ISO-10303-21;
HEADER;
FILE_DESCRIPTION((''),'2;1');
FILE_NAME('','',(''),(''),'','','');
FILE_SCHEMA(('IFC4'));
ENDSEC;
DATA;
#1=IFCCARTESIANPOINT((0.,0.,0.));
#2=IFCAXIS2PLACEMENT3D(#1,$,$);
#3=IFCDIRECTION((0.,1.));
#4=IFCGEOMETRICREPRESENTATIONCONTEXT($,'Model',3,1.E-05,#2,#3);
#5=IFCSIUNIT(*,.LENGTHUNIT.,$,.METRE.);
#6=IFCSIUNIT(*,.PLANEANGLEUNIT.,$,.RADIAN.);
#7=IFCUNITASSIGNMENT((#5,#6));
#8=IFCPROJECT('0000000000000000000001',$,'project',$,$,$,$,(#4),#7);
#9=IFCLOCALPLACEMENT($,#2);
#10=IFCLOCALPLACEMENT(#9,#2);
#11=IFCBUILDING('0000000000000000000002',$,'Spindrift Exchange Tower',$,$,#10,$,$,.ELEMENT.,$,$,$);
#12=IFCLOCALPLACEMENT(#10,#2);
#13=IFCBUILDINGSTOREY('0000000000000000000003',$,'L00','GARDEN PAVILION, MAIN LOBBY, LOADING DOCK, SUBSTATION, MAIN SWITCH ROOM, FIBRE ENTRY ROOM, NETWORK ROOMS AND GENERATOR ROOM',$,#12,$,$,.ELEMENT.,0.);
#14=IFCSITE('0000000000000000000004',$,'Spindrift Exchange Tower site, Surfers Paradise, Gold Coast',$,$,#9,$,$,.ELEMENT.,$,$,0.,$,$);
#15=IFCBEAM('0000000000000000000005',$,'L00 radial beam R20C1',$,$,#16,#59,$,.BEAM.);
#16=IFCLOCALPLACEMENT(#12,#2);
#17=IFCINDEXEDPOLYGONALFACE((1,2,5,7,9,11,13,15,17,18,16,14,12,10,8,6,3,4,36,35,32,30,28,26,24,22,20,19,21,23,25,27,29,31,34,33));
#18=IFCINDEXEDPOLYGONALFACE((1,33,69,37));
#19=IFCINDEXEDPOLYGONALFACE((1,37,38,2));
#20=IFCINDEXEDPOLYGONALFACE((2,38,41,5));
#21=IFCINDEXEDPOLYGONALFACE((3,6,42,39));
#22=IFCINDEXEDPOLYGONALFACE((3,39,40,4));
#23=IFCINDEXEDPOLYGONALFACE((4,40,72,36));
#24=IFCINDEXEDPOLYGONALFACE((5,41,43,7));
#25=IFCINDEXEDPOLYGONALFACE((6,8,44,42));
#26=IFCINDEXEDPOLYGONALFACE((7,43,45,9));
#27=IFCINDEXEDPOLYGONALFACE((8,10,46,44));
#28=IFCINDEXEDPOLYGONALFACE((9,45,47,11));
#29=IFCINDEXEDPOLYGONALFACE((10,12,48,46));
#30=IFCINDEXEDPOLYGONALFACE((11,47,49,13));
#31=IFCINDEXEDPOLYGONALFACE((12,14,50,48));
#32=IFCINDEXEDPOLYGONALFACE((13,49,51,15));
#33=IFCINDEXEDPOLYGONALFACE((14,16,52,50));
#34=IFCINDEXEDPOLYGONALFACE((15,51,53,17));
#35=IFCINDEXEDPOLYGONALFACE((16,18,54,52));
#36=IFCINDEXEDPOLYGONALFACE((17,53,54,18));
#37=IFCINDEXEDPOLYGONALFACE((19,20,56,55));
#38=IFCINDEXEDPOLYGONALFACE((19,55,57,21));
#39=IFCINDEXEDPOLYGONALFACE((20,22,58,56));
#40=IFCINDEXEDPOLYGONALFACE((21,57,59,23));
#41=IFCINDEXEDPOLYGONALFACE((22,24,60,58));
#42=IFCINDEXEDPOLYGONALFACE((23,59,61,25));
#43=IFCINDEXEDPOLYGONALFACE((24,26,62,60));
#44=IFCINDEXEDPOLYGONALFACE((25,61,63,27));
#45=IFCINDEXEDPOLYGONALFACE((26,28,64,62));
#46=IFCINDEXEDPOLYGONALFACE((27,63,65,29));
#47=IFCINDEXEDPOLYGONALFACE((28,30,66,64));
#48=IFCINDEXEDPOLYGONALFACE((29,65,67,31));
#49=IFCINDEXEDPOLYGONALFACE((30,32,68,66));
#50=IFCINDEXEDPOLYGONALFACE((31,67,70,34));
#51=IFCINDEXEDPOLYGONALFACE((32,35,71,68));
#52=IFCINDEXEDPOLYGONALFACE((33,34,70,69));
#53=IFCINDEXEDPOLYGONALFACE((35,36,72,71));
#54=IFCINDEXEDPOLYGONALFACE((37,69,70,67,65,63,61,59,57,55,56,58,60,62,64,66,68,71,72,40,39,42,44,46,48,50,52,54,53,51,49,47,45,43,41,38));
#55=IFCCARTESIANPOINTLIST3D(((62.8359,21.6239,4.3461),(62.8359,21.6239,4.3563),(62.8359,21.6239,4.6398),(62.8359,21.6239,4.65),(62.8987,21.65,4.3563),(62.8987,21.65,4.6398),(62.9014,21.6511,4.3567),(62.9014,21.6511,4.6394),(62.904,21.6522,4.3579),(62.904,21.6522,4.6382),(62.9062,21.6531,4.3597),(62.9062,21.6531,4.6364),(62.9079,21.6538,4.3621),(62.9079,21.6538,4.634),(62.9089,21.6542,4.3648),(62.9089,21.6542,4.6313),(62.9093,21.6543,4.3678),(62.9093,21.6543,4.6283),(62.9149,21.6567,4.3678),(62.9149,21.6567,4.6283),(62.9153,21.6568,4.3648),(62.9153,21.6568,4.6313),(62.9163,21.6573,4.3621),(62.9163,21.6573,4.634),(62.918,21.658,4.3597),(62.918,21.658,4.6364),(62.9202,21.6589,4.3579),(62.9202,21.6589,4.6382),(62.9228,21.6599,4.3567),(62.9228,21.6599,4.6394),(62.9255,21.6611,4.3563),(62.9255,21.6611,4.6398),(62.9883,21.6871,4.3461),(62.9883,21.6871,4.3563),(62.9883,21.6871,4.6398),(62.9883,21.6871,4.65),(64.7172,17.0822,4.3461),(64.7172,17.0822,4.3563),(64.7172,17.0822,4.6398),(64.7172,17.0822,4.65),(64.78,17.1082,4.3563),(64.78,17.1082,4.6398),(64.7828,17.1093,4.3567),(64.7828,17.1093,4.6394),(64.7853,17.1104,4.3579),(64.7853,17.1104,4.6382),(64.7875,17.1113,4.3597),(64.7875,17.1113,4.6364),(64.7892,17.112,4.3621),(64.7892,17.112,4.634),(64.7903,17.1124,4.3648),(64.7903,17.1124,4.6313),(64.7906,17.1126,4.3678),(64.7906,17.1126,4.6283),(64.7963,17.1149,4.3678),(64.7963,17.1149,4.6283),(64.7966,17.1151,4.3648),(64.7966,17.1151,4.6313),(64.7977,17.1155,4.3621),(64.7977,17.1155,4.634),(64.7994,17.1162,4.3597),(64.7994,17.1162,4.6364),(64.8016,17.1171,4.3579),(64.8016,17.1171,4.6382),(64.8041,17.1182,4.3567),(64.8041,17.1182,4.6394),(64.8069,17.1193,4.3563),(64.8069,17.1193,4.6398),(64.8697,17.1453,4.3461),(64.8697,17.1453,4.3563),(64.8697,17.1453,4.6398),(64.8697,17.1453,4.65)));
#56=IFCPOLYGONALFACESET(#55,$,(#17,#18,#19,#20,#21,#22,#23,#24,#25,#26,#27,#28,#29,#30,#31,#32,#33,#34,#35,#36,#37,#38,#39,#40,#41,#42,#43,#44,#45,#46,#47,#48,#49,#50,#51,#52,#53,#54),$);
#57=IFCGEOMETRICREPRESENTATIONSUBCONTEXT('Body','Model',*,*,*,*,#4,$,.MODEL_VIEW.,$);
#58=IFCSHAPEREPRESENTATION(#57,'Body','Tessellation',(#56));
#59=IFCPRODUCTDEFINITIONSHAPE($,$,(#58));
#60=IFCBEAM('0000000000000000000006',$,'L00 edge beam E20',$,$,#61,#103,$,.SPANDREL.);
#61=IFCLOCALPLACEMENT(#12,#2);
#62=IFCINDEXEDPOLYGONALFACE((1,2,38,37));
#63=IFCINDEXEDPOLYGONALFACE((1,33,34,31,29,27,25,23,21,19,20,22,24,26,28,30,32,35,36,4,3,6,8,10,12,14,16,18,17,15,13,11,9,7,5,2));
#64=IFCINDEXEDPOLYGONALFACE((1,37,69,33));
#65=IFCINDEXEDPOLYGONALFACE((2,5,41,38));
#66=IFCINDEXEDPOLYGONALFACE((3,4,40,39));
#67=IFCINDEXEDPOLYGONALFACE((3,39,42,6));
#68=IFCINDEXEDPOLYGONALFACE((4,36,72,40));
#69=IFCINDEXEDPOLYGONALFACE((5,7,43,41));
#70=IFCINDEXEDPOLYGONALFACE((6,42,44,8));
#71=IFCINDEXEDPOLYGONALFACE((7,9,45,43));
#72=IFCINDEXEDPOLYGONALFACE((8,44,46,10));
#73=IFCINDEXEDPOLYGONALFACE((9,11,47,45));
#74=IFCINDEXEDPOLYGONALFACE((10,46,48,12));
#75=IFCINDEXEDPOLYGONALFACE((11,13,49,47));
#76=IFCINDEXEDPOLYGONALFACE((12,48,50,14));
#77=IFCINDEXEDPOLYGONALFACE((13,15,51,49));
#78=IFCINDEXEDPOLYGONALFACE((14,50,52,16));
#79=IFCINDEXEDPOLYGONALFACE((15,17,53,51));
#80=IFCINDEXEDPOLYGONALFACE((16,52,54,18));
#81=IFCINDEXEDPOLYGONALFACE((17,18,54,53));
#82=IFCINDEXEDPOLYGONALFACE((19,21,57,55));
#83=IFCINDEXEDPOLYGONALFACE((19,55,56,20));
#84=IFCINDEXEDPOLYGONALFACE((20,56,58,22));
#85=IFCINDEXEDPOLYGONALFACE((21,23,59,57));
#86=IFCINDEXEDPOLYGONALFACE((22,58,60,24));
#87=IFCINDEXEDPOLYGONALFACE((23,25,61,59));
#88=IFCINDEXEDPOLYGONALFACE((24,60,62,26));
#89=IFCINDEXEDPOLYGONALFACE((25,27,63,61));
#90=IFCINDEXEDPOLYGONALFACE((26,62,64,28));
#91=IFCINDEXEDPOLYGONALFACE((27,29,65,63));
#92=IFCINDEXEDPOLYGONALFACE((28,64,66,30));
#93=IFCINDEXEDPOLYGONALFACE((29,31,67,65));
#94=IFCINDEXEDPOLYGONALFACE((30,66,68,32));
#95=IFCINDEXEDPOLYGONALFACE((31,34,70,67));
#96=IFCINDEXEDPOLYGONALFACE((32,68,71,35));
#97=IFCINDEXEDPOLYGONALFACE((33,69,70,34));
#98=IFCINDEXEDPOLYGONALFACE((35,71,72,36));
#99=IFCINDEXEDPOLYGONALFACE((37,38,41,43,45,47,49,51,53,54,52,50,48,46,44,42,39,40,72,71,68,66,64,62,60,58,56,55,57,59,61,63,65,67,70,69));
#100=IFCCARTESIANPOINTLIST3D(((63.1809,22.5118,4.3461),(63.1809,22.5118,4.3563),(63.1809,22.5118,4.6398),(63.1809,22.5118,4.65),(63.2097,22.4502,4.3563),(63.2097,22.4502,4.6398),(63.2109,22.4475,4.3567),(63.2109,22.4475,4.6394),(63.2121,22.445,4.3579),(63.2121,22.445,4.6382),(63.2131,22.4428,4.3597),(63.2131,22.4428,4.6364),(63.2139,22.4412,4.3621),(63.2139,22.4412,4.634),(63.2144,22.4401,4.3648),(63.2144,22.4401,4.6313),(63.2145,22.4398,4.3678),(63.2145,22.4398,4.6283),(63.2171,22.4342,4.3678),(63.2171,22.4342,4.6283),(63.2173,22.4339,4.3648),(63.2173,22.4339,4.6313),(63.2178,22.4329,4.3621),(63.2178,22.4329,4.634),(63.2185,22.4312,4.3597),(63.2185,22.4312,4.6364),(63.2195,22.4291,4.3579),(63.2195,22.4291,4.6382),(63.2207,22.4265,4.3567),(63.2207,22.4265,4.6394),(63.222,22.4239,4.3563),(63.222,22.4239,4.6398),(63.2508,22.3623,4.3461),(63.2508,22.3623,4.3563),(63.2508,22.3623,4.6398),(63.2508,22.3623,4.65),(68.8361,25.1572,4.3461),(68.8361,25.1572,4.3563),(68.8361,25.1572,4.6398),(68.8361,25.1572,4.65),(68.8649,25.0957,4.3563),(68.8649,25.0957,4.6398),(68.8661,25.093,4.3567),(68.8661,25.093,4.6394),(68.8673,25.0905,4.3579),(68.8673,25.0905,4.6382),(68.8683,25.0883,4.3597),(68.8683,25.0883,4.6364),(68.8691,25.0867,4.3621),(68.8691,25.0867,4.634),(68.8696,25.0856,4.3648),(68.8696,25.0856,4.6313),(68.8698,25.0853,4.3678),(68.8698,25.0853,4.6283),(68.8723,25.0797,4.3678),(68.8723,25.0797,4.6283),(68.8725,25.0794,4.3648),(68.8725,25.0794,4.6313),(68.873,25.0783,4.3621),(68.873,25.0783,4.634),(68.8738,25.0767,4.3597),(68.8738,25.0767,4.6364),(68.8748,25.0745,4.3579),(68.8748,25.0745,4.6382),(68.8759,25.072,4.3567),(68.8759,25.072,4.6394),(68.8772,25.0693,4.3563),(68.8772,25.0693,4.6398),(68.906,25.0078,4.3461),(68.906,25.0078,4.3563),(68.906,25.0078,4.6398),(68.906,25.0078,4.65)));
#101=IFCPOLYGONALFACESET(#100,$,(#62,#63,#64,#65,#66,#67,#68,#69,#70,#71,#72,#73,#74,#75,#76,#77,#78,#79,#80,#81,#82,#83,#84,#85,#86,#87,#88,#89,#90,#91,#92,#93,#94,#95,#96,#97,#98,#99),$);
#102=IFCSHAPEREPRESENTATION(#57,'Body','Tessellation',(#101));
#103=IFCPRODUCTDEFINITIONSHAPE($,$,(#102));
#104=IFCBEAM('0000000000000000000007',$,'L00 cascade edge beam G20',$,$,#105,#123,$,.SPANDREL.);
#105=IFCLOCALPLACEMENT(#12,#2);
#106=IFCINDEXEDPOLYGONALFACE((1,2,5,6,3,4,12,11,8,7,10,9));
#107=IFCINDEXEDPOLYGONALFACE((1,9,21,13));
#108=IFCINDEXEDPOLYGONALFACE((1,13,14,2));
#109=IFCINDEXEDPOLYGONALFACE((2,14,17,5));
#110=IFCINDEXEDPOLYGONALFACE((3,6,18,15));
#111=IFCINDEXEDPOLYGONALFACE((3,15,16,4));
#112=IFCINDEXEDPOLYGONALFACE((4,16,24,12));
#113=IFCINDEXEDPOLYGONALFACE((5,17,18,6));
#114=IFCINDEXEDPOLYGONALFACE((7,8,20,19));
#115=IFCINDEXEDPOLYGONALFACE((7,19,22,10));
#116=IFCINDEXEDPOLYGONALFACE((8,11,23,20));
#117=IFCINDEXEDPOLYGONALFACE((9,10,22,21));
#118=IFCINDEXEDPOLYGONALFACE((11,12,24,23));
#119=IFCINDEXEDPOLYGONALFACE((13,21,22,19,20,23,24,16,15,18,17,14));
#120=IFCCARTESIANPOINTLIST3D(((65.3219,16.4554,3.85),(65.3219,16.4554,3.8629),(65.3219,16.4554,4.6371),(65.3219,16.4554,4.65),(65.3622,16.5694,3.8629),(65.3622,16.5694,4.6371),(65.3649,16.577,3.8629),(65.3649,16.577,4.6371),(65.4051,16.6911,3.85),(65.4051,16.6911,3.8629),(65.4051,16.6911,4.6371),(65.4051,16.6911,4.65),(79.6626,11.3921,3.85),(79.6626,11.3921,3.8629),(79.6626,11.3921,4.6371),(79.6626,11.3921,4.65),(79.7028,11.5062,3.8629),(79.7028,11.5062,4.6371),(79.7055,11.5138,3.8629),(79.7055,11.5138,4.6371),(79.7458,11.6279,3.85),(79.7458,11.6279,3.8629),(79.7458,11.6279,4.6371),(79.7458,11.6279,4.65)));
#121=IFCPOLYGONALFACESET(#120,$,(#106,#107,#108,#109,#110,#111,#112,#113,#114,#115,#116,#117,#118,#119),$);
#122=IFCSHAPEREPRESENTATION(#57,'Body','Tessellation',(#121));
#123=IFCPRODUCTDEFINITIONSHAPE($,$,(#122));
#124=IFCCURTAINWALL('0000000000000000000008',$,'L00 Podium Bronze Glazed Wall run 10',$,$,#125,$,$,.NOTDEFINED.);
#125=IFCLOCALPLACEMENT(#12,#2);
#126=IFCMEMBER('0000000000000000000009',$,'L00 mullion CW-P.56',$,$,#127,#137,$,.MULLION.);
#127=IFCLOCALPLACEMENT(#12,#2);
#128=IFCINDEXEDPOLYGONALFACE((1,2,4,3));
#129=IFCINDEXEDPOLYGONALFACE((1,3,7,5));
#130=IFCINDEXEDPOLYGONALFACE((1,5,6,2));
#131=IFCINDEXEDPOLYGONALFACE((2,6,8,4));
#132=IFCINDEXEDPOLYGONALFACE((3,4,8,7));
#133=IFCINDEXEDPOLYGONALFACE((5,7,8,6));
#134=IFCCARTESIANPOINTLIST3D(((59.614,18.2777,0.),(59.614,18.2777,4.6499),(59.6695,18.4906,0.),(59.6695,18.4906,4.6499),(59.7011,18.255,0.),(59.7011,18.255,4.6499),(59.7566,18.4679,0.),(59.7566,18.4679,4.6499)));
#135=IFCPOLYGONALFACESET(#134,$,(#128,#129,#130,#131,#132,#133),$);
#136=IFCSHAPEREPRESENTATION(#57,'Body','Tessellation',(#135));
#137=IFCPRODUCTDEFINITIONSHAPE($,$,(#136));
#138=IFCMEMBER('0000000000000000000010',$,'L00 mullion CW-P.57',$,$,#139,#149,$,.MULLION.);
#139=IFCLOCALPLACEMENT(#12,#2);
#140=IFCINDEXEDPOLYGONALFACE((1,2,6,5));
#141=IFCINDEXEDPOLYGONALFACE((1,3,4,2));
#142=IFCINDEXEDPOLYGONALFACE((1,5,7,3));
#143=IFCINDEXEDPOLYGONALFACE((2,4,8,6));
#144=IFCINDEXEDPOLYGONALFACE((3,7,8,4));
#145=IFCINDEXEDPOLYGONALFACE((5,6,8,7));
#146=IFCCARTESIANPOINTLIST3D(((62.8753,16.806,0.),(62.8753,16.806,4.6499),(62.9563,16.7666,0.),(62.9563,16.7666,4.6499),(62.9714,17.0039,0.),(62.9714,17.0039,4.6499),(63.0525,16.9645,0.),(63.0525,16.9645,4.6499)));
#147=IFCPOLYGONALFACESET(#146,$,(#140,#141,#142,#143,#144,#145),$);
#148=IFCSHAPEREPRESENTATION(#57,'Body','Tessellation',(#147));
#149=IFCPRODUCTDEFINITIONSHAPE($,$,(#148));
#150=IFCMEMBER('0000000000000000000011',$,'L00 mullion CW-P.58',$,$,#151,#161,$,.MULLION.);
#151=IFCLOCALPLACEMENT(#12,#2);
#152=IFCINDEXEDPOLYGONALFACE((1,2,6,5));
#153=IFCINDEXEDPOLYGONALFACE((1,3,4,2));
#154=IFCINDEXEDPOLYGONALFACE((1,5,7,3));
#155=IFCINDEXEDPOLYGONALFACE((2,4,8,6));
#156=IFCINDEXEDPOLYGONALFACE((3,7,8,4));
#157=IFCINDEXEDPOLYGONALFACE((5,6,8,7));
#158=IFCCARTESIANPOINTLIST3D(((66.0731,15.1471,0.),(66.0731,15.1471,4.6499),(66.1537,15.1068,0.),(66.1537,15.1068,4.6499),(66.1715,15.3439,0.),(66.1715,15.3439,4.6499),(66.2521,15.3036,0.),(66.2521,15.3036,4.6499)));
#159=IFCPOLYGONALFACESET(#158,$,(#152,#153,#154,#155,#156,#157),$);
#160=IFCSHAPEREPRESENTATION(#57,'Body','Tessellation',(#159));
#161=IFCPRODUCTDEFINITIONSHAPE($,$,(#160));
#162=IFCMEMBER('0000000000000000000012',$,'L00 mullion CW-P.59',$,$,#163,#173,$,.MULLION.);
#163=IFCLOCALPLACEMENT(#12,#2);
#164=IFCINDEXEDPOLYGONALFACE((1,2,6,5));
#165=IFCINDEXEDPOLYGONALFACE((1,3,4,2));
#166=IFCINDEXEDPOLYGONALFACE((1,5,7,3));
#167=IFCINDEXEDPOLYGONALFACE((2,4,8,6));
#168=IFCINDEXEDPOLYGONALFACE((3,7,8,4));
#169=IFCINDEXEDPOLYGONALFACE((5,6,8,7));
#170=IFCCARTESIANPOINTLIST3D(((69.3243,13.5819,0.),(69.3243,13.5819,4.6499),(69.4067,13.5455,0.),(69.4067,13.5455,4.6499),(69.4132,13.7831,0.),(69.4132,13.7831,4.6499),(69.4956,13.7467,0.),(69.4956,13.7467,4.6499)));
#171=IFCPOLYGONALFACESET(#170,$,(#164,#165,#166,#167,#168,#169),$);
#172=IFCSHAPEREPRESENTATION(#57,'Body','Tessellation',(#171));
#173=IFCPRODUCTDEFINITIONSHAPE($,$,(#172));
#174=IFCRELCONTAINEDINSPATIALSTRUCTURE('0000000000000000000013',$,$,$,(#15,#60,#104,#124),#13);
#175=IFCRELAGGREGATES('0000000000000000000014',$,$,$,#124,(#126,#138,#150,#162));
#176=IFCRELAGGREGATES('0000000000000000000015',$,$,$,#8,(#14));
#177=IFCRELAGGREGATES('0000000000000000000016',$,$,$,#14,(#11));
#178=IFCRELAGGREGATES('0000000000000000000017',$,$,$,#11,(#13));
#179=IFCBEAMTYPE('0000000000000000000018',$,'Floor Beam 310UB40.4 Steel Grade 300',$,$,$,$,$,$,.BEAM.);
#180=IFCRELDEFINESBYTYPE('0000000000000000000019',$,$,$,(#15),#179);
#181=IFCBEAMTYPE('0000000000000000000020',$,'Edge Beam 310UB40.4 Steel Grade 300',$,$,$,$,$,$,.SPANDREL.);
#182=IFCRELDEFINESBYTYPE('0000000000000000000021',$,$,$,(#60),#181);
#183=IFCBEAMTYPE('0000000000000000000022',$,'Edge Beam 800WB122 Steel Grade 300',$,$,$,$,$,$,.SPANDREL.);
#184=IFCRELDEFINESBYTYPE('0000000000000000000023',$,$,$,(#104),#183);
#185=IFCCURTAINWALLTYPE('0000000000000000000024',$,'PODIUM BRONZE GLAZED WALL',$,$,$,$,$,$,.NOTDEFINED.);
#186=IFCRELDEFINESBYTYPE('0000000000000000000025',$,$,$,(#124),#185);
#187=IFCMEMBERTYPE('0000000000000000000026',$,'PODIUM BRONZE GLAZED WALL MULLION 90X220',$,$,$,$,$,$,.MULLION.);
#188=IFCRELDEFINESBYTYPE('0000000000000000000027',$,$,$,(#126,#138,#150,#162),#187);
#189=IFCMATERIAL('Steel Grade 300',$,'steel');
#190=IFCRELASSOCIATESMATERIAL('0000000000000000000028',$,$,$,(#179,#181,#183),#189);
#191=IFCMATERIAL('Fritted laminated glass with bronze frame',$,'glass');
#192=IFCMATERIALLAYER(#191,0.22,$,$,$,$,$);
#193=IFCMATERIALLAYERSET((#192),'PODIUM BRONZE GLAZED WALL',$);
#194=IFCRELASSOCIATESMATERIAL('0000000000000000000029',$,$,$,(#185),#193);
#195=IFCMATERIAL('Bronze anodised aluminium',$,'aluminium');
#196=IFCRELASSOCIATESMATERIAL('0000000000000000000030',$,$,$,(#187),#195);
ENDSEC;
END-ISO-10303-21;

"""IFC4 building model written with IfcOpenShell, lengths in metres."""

from ifc_helpers import new_model, si_unit, direction, frame, origin, origin_2d, place, context, subcontext, project, spatial, rectangle, i_section, extrude, source, transform, mapped, material, layer, layer_set, material_profile, profile_set, type_object, element, aggregate, save


model = new_model("IFC4")

# Units and contexts
model_context = context("Model", 3, precision=1e-05, world=origin(), true_north=direction((0.0, 1.0)))
body_context = subcontext(model_context, "Body", "Model", "MODEL_VIEW")
ifc_project = project(units=[si_unit("LENGTHUNIT", "METRE"), si_unit("PLANEANGLEUNIT", "RADIAN")], contexts=[model_context])

# Site, building, storey
site_placement = place(None, origin())
site = spatial("IfcSite", under=ifc_project, at=site_placement, Name="Spindrift Exchange Tower site, Surfers Paradise, Gold Coast", CompositionType="ELEMENT", RefElevation=0.0)
building_placement = place(site_placement, origin())
building = spatial("IfcBuilding", under=site, at=building_placement, Name="Spindrift Exchange Tower", CompositionType="ELEMENT")
storey_placement = place(building_placement, origin())
storey = spatial("IfcBuildingStorey", under=building, at=storey_placement, Name="L00", Description="GARDEN PAVILION, MAIN LOBBY, LOADING DOCK, SUBSTATION, MAIN SWITCH ROOM, FIBRE ENTRY ROOM, NETWORK ROOMS AND GENERATOR ROOM", CompositionType="ELEMENT", Elevation=0.0)

# Beams
ifc_material_1 = material(Name="Steel Grade 300", Category="steel")
ifc_material_profile_1 = material_profile(ifc_material_1, i_section(OverallWidth=0.165, OverallDepth=0.304, WebThickness=0.0061, FlangeThickness=0.0103, FilletRadius=0.0115, at=origin_2d()), Name="310UB40.4")
ifc_profile_set_1 = profile_set([ifc_material_profile_1], Name="Steel Grade 300")
beam_type_1 = type_object("IfcBeamType", Name="Floor Beam 310UB40.4 Steel Grade 300", PredefinedType="BEAM", material=ifc_profile_set_1)
shared_shape_1 = source(origin(), body_context, "Body", "SweptSolid", [
    extrude(i_section(OverallWidth=0.165, OverallDepth=0.304, WebThickness=0.0061, FlangeThickness=0.0103, FilletRadius=0.0115, at=origin_2d()), origin(), (0.0, 0.0, 1.0), 4.916),
])
beam_1_placement = place(storey_placement, frame((62.9121, 21.6555, 4.498), z_axis=(0.3827, -0.923873, 0.0), x_axis=(0.923873, 0.3827, 0.0)))
element("IfcBeam", 1, at=beam_1_placement, inside=storey, type_object=beam_type_1, Name="L00 radial beam R20C1", PredefinedType="BEAM", context=body_context, shape_type="MappedRepresentation", body=[
    mapped(shared_shape_1, transform((0.0, 0.0, 0.0), scale=1.0)),
])
ifc_material_profile_2 = material_profile(ifc_material_1, i_section(OverallWidth=0.165, OverallDepth=0.304, WebThickness=0.0061, FlangeThickness=0.0103, FilletRadius=0.0115, at=origin_2d()), Name="310UB40.4")
ifc_profile_set_2 = profile_set([ifc_material_profile_2], Name="Steel Grade 300")
beam_type_2 = type_object("IfcBeamType", Name="Edge Beam 310UB40.4 Steel Grade 300", PredefinedType="SPANDREL", material=ifc_profile_set_2)
shared_shape_2 = source(origin(), body_context, "Body", "SweptSolid", [
    extrude(i_section(OverallWidth=0.165, OverallDepth=0.304, WebThickness=0.0061, FlangeThickness=0.0103, FilletRadius=0.0115, at=origin_2d()), origin(), (0.0, 0.0, 1.0), 6.2434),
])
beam_2_placement = place(storey_placement, frame((63.2158, 22.437, 4.498), z_axis=(0.905791, 0.423724, 0.0), x_axis=(-0.423724, 0.905791, 0.0)))
element("IfcBeam", 2, at=beam_2_placement, inside=storey, type_object=beam_type_2, Name="L00 edge beam E20", PredefinedType="SPANDREL", context=body_context, shape_type="MappedRepresentation", body=[
    mapped(shared_shape_2, transform((0.0, 0.0, 0.0), scale=1.0)),
])
ifc_material_profile_3 = material_profile(ifc_material_1, i_section(OverallWidth=0.25, OverallDepth=0.8, WebThickness=0.0081, FlangeThickness=0.0129, at=origin_2d()), Name="800WB122")
ifc_profile_set_3 = profile_set([ifc_material_profile_3], Name="Steel Grade 300")
beam_type_3 = type_object("IfcBeamType", Name="Edge Beam 800WB122 Steel Grade 300", PredefinedType="SPANDREL", material=ifc_profile_set_3)
shared_shape_3 = source(origin(), body_context, "Body", "SweptSolid", [
    extrude(i_section(OverallWidth=0.25, OverallDepth=0.8, WebThickness=0.0081, FlangeThickness=0.0129, at=origin_2d()), origin(), (0.0, 0.0, 1.0), 15.2083),
])
beam_3_placement = place(storey_placement, frame((65.3635, 16.5732, 4.25), z_axis=(0.942952, -0.332928, 0.0), x_axis=(0.332928, 0.942952, 0.0)))
element("IfcBeam", 3, at=beam_3_placement, inside=storey, type_object=beam_type_3, Name="L00 cascade edge beam G20", PredefinedType="SPANDREL", context=body_context, shape_type="MappedRepresentation", body=[
    mapped(shared_shape_3, transform((0.0, 0.0, 0.0), scale=1.0)),
])

# Curtain wall, members
ifc_material_2 = material(Name="Fritted laminated glass with bronze frame", Category="glass")
ifc_layer_1 = layer(ifc_material_2, 0.22)
ifc_layer_set_1 = layer_set([ifc_layer_1], Name="PODIUM BRONZE GLAZED WALL")
curtain_wall_type = type_object("IfcCurtainWallType", Name="PODIUM BRONZE GLAZED WALL", PredefinedType="NOTDEFINED", material=ifc_layer_set_1)
curtain_wall_placement = place(storey_placement, origin())
curtain_wall = element("IfcCurtainWall", 4, at=curtain_wall_placement, inside=storey, type_object=curtain_wall_type, Name="L00 Podium Bronze Glazed Wall run 10", PredefinedType="NOTDEFINED")
ifc_material_3 = material(Name="Bronze anodised aluminium", Category="aluminium")
ifc_material_profile_4 = material_profile(ifc_material_3, rectangle(XDim=0.0901, YDim=0.22, at=origin_2d()), Name="PODIUM BRONZE GLAZED WALL MULLION 90X220")
ifc_profile_set_4 = profile_set([ifc_material_profile_4], Name="Bronze anodised aluminium")
member_type_1 = type_object("IfcMemberType", Name="PODIUM BRONZE GLAZED WALL MULLION 90X220", PredefinedType="MULLION", material=ifc_profile_set_4)
shared_shape_4 = source(origin(), body_context, "Body", "SweptSolid", [
    extrude(rectangle(XDim=0.0901, YDim=0.22, at=origin_2d()), origin(), (0.0, 0.0, 1.0), 4.6499),
])
member_1_placement = place(storey_placement, frame((59.6853, 18.3728, 0.0), z_axis=(0.0, 0.0, 1.0), x_axis=(0.967643, -0.252324, 0.0)))
member_1 = element("IfcMember", 5, at=member_1_placement, type_object=member_type_1, Name="L00 mullion CW-P.56", PredefinedType="MULLION", context=body_context, shape_type="MappedRepresentation", body=[
    mapped(shared_shape_4, transform((0.0, 0.0, 0.0), scale=1.0)),
])
member_2_placement = place(storey_placement, frame((62.9639, 16.8853, 0.0), z_axis=(0.0, 0.0, 1.0), x_axis=(0.89943, -0.437065, 0.0)))
member_2 = element("IfcMember", 6, at=member_2_placement, type_object=member_type_1, Name="L00 mullion CW-P.57", PredefinedType="MULLION", context=body_context, shape_type="MappedRepresentation", body=[
    mapped(shared_shape_4, transform((0.0, 0.0, 0.0), scale=1.0)),
])
member_3_placement = place(storey_placement, frame((66.1626, 15.2253, 0.0), z_axis=(0.0, 0.0, 1.0), x_axis=(0.894553, -0.446963, 0.0)))
member_3 = element("IfcMember", 7, at=member_3_placement, type_object=member_type_1, Name="L00 mullion CW-P.58", PredefinedType="MULLION", context=body_context, shape_type="MappedRepresentation", body=[
    mapped(shared_shape_4, transform((0.0, 0.0, 0.0), scale=1.0)),
])
member_4_placement = place(storey_placement, frame((69.4099, 13.6643, 0.0), z_axis=(0.0, 0.0, 1.0), x_axis=(0.91469, -0.404157, 0.0)))
member_4 = element("IfcMember", 8, at=member_4_placement, type_object=member_type_1, Name="L00 mullion CW-P.59", PredefinedType="MULLION", context=body_context, shape_type="MappedRepresentation", body=[
    mapped(shared_shape_4, transform((0.0, 0.0, 0.0), scale=1.0)),
])
aggregate(curtain_wall, [member_1, member_2, member_3, member_4])

save(model, "model.ifc")
